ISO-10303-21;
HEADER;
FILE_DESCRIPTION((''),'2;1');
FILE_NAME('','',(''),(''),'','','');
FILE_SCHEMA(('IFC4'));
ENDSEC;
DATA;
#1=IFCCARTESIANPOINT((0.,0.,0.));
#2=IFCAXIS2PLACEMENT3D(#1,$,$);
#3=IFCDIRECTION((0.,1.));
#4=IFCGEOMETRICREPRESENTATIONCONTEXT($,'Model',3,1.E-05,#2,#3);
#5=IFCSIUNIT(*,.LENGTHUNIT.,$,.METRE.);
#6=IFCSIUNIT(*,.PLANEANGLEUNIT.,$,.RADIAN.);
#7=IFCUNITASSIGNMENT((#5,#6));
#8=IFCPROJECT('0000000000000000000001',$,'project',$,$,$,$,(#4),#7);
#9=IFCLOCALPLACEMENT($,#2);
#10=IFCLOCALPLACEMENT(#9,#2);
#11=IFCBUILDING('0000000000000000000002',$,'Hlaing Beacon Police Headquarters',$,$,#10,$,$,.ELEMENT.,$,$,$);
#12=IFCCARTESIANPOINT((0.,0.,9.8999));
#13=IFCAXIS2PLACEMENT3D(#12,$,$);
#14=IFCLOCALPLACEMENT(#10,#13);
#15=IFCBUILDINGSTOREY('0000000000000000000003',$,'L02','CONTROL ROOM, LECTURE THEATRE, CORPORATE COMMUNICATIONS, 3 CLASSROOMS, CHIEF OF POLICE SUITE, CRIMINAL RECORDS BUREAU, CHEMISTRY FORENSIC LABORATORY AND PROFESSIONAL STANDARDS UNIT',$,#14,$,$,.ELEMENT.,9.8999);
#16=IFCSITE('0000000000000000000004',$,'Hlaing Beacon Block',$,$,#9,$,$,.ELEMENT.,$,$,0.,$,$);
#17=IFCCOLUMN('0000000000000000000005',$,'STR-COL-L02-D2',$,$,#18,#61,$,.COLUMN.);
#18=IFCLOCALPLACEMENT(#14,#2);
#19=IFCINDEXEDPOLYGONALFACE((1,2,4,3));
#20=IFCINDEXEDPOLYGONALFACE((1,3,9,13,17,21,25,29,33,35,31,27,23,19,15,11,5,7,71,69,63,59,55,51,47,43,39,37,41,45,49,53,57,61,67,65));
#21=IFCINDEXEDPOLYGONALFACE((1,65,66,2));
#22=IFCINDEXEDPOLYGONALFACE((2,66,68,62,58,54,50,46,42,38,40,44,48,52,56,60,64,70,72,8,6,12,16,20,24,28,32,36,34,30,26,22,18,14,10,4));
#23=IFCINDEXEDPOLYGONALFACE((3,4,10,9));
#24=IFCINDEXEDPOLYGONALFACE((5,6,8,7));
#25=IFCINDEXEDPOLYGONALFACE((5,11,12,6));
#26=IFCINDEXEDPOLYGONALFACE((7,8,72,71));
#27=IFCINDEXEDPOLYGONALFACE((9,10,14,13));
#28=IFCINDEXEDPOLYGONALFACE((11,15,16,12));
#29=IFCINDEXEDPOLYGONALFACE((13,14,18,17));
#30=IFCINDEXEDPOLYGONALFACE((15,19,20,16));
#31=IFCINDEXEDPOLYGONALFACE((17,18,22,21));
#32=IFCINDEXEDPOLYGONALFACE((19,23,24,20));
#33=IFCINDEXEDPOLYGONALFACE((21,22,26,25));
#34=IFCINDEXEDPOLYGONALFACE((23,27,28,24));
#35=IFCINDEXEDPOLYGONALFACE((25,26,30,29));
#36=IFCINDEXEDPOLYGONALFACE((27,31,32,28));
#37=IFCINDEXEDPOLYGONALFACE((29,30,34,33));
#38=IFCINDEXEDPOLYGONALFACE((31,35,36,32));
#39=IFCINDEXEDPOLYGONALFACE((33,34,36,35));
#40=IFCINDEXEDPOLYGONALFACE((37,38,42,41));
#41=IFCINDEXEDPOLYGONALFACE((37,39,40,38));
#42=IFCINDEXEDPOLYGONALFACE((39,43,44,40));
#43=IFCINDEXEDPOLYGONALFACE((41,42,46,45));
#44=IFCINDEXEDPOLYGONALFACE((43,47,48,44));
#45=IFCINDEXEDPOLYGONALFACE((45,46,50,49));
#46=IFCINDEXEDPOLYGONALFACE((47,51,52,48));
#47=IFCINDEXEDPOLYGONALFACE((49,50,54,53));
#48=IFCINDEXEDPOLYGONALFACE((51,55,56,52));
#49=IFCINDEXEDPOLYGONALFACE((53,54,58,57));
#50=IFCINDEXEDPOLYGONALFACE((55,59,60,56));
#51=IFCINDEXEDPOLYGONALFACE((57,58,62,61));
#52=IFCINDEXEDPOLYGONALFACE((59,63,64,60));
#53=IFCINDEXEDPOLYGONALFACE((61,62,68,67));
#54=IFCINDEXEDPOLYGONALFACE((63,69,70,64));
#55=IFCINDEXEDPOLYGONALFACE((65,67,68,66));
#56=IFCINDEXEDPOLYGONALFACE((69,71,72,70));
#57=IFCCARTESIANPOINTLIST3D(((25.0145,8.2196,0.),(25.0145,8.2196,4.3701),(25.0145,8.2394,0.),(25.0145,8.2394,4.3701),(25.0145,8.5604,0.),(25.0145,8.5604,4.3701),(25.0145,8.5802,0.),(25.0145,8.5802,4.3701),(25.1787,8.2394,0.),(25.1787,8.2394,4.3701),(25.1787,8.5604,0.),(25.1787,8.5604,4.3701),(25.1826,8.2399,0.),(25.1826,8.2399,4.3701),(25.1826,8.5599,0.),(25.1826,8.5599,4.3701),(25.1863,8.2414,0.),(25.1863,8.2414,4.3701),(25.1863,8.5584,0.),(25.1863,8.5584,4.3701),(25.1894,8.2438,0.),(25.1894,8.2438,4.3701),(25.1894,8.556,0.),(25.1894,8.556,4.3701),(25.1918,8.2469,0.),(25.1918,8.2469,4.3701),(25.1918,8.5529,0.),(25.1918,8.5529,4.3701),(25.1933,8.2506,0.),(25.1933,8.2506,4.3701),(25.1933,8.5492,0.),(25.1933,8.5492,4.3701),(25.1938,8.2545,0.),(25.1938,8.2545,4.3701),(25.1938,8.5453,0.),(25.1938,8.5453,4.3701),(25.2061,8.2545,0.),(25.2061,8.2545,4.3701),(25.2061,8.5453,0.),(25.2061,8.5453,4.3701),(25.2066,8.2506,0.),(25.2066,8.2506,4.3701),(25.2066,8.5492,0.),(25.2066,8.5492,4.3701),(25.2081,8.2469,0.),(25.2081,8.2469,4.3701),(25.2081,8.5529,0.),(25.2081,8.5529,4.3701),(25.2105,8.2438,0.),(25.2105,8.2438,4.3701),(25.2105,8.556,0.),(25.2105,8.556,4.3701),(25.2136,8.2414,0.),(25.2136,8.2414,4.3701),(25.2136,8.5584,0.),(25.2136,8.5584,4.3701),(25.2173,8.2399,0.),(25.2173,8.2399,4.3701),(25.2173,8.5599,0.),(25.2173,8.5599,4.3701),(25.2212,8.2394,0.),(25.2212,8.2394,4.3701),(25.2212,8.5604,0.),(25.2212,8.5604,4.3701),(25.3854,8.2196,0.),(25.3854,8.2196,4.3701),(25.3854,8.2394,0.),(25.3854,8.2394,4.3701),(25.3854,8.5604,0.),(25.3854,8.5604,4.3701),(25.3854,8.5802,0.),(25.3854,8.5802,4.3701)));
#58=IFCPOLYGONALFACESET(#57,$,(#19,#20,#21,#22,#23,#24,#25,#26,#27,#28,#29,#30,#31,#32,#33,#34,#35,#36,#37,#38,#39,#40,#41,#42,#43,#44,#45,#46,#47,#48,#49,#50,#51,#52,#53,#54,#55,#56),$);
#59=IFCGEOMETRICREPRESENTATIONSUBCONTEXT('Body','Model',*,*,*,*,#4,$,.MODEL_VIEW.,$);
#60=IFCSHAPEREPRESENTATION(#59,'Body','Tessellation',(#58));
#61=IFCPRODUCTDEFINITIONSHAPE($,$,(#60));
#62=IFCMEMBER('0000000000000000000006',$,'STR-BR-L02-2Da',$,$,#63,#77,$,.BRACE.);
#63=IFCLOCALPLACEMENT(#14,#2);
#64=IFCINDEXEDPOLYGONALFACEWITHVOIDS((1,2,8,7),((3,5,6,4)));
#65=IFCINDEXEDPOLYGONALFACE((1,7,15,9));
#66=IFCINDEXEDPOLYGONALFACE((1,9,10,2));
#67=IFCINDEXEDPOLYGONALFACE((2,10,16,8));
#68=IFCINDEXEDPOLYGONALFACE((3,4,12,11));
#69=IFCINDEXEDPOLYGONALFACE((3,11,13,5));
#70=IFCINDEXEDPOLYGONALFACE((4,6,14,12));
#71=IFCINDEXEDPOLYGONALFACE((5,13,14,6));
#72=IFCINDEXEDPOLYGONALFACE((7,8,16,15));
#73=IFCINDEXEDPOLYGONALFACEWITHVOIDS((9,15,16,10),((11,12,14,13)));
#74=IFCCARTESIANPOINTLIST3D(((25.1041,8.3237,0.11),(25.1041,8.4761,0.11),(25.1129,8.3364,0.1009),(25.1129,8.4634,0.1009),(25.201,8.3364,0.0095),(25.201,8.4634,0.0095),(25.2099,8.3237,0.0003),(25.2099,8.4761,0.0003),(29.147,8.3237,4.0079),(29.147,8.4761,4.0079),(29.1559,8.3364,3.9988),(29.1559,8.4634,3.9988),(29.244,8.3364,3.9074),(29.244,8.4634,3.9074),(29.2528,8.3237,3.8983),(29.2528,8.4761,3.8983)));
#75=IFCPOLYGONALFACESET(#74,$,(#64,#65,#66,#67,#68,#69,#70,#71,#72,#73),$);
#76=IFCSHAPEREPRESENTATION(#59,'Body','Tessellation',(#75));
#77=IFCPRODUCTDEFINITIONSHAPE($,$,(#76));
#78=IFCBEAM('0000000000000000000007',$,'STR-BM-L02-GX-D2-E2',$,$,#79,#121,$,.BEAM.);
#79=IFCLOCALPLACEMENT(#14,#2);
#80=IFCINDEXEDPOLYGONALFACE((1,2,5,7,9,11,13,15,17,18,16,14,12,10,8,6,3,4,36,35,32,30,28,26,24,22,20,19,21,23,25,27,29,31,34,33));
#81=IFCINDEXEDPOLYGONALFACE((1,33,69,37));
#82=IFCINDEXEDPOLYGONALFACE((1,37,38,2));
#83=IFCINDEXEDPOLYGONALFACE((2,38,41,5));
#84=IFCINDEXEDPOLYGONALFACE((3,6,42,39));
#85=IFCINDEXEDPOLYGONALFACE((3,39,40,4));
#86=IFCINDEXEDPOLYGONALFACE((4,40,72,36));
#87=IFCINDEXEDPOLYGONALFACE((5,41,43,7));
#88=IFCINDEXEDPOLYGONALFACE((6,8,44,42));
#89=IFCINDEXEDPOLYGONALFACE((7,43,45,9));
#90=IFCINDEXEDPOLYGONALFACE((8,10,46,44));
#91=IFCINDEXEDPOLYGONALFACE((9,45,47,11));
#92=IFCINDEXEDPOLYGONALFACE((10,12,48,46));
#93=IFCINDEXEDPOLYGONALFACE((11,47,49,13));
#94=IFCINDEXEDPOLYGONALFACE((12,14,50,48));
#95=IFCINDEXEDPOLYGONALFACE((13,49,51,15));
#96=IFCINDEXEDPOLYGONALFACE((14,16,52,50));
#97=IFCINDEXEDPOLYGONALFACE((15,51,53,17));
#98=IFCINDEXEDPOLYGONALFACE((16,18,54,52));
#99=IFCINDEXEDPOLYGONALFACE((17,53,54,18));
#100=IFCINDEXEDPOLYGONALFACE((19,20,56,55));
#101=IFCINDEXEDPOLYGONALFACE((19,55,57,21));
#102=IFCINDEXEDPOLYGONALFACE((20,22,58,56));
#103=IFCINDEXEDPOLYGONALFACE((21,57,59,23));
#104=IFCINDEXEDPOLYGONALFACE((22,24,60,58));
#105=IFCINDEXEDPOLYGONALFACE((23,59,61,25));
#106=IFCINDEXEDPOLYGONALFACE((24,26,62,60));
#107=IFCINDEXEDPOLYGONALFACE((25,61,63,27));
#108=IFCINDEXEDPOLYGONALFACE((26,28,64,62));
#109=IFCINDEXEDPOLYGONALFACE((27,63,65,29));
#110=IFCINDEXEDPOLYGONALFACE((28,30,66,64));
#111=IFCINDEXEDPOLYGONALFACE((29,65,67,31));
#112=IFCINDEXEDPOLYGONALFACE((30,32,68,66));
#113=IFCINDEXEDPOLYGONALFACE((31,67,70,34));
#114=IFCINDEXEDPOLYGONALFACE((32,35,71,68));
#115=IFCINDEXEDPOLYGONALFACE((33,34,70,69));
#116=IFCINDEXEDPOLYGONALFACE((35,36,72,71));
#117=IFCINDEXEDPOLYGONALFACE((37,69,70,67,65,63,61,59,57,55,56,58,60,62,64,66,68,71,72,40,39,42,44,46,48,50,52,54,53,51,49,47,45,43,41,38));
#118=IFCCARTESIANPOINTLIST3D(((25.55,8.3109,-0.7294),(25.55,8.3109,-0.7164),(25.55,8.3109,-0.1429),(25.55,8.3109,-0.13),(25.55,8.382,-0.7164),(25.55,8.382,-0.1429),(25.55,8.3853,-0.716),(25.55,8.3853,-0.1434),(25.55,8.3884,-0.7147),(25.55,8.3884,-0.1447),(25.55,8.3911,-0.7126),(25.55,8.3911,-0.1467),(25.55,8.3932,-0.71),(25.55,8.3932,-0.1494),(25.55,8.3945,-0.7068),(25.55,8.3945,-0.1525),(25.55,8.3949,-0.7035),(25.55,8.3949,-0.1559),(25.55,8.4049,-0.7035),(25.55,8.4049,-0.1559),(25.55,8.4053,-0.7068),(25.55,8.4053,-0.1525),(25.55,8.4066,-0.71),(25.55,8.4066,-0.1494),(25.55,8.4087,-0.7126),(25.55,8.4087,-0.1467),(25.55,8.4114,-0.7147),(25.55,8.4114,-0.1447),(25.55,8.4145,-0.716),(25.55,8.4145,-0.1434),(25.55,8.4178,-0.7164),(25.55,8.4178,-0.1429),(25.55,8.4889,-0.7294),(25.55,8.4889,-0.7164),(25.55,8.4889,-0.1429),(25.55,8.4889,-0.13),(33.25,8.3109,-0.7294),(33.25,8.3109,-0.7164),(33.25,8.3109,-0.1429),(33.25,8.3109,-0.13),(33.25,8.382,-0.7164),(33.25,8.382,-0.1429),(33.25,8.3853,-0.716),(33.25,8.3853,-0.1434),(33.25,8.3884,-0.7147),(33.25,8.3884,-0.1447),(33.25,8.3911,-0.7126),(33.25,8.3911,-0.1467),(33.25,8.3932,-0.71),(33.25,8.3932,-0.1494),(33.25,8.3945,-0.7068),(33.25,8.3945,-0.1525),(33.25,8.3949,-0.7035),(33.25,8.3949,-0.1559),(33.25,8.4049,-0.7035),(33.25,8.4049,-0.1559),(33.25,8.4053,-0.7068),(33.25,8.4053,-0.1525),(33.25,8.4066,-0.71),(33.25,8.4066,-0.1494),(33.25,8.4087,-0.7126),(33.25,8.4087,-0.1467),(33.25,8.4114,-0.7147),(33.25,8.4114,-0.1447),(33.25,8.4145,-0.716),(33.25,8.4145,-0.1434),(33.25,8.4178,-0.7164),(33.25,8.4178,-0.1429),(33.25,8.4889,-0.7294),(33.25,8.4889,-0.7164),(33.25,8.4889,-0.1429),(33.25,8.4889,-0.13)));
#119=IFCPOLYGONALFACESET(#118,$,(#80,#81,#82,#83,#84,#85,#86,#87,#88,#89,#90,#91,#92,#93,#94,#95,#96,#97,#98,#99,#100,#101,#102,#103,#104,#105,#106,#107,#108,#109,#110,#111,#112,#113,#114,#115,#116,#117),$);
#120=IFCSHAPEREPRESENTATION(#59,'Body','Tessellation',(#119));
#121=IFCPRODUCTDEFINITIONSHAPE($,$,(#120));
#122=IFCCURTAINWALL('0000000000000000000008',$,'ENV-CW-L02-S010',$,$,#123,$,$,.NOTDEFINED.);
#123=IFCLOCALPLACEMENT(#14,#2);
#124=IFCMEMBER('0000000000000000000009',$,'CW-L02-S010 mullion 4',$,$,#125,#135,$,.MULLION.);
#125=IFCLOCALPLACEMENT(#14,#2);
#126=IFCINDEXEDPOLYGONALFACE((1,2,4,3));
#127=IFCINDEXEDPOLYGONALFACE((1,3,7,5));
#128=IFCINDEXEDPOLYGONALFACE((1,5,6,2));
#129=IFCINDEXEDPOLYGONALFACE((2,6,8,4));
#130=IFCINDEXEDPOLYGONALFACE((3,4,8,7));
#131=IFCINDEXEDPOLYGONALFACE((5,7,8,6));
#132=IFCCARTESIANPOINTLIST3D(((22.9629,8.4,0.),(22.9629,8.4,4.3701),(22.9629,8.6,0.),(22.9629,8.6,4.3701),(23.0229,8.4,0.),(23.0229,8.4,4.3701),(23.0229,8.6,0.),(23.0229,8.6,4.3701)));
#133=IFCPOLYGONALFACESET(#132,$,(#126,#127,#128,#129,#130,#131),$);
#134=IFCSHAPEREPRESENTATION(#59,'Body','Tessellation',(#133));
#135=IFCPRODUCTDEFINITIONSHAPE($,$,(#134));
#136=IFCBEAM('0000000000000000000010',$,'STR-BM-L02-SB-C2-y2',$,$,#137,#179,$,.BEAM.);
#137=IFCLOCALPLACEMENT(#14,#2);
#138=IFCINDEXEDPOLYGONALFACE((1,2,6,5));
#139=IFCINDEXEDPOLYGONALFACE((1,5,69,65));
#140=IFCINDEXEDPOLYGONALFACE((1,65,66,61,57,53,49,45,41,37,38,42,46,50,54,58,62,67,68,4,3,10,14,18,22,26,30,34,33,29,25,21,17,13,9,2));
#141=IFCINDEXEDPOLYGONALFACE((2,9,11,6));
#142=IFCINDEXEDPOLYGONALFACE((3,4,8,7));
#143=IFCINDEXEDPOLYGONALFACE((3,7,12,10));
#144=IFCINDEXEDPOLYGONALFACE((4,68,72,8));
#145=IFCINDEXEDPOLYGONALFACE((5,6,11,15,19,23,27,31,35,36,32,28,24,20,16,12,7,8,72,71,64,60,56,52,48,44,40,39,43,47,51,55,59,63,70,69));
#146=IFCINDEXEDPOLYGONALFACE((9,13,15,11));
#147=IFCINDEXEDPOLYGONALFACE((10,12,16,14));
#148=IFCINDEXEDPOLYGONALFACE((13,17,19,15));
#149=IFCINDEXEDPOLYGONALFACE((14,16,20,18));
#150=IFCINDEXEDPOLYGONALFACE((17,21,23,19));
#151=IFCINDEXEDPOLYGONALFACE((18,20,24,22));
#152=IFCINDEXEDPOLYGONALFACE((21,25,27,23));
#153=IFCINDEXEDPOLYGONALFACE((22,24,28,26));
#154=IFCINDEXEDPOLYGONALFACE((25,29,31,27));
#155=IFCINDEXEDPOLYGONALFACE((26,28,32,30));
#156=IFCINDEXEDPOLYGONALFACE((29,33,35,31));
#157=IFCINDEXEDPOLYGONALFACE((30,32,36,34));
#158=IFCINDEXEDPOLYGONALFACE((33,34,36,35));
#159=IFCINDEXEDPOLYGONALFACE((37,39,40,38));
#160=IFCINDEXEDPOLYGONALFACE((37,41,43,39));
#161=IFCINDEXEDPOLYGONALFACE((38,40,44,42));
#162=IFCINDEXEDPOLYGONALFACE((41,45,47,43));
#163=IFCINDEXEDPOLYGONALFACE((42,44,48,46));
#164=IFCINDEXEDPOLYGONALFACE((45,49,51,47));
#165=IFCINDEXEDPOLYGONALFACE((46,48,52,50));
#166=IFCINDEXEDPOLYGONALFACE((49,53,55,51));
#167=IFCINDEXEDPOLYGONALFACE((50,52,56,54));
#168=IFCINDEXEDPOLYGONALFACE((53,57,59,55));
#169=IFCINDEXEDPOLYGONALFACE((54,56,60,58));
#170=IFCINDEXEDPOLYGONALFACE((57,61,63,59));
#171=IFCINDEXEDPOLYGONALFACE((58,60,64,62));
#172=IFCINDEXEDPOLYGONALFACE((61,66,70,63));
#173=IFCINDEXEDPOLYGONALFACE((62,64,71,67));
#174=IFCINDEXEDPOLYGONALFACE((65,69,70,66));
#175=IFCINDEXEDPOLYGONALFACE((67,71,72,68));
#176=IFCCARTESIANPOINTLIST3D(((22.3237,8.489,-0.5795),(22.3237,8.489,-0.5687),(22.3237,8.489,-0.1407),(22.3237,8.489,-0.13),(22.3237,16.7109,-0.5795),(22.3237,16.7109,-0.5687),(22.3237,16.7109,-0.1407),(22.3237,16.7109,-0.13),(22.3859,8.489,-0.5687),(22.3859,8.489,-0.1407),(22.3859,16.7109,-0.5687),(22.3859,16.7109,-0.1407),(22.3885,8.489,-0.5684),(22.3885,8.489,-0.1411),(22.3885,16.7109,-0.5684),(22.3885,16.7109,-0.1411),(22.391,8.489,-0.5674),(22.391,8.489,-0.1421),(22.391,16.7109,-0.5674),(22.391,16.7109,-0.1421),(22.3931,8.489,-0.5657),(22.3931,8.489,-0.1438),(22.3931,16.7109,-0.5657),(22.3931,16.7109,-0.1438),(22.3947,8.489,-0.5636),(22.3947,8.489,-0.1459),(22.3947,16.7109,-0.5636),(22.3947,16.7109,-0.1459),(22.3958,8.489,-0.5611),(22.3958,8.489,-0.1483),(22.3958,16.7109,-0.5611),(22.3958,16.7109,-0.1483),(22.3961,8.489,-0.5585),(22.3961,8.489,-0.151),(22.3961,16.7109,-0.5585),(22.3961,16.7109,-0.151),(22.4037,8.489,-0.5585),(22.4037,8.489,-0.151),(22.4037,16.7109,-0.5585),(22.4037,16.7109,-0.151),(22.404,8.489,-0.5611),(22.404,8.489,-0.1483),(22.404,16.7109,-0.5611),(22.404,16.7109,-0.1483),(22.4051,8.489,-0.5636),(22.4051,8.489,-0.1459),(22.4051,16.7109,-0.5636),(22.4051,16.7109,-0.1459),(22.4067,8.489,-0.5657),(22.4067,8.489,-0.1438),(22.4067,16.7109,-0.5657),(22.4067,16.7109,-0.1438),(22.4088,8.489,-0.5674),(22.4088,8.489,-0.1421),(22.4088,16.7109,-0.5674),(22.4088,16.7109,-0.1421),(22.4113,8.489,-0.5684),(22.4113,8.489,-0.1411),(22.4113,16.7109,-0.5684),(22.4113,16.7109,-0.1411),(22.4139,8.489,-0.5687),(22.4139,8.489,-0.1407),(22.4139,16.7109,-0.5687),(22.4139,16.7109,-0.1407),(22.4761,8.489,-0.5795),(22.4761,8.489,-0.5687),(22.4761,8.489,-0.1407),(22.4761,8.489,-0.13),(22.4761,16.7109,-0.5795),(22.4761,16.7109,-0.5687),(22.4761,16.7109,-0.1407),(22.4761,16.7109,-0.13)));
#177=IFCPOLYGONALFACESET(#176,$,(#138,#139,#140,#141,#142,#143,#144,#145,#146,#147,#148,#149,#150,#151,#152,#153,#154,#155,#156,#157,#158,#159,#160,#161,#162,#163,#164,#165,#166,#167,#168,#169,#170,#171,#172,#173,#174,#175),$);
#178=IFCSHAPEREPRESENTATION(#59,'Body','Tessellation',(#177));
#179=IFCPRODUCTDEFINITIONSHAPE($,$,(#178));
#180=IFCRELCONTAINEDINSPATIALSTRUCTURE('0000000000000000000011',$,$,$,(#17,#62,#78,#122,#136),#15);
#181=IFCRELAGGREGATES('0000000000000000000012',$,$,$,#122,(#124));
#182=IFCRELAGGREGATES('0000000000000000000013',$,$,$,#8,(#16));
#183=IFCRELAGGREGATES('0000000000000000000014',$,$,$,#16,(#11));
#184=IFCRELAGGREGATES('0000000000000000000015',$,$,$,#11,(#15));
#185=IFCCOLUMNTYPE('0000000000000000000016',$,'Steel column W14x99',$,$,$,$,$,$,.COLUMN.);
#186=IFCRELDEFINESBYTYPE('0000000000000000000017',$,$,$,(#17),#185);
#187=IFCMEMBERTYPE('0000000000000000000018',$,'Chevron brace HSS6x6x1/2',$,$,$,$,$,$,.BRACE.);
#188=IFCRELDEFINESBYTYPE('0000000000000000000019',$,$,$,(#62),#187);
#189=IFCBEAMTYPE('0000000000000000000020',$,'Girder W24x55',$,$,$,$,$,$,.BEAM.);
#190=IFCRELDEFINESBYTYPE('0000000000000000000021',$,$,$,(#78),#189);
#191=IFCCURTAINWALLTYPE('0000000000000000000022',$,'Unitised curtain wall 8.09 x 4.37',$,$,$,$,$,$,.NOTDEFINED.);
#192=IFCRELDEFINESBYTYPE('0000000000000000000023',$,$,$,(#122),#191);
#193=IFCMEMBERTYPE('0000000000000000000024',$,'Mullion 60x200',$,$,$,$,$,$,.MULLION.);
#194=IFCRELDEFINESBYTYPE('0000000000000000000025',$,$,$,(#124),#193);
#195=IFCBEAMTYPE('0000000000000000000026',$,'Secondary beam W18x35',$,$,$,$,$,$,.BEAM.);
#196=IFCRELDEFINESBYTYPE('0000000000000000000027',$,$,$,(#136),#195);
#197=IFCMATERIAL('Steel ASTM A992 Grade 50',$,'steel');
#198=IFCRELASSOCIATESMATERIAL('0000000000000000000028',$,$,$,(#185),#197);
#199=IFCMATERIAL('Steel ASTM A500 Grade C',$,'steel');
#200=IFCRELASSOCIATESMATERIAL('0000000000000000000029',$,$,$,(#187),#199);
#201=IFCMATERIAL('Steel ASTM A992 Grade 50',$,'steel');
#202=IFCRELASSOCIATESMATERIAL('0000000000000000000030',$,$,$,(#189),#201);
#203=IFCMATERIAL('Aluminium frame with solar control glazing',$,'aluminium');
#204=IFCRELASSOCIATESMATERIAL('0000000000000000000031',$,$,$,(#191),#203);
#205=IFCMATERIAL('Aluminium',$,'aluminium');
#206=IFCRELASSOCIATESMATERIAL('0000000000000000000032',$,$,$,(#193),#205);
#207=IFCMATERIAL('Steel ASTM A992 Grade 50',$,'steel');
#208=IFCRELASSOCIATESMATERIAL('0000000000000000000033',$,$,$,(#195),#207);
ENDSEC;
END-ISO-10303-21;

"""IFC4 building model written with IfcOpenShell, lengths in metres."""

from ifc_helpers import new_model, si_unit, direction, frame, origin, origin_2d, place, context, subcontext, project, spatial, rectangle, hollow_rectangle, i_section, extrude, material, material_profile, profile_set, type_object, element, aggregate, save


model = new_model("IFC4")

# Units and contexts
model_context = context("Model", 3, precision=1e-05, world=origin(), true_north=direction((0.0, 1.0)))
body_context = subcontext(model_context, "Body", "Model", "MODEL_VIEW")
ifc_project = project(units=[si_unit("LENGTHUNIT", "METRE"), si_unit("PLANEANGLEUNIT", "RADIAN")], contexts=[model_context])

# Site, building, storey
site_placement = place(None, origin())
site = spatial("IfcSite", under=ifc_project, at=site_placement, Name="Hlaing Beacon Block", CompositionType="ELEMENT", RefElevation=0.0)
building_placement = place(site_placement, origin())
building = spatial("IfcBuilding", under=site, at=building_placement, Name="Hlaing Beacon Police Headquarters", CompositionType="ELEMENT")
storey_placement = place(building_placement, frame((0.0, 0.0, 9.8999)))
storey = spatial("IfcBuildingStorey", under=building, at=storey_placement, Name="L02", Description="CONTROL ROOM, LECTURE THEATRE, CORPORATE COMMUNICATIONS, 3 CLASSROOMS, CHIEF OF POLICE SUITE, CRIMINAL RECORDS BUREAU, CHEMISTRY FORENSIC LABORATORY AND PROFESSIONAL STANDARDS UNIT", CompositionType="ELEMENT", Elevation=9.8999)

# Column
ifc_material_1 = material(Name="Steel ASTM A992 Grade 50", Category="steel")
ifc_material_profile_1 = material_profile(ifc_material_1, i_section(OverallWidth=0.3708, OverallDepth=0.3606, WebThickness=0.0122, FlangeThickness=0.0198, FilletRadius=0.0151, at=origin_2d()), Name="W14x99")
ifc_profile_set_1 = profile_set([ifc_material_profile_1], Name="Steel ASTM A992 Grade 50")
column_type = type_object("IfcColumnType", Name="Steel column W14x99", PredefinedType="COLUMN", material=ifc_profile_set_1)
column_placement = place(storey_placement, frame((25.2, 8.3999, 0.0), z_axis=(0.0, 0.0, 1.0), x_axis=(1.0, 0.0, 0.0)))
element("IfcColumn", 1, at=column_placement, inside=storey, type_object=column_type, Name="STR-COL-L02-D2", PredefinedType="COLUMN", context=body_context, shape_type="SweptSolid", body=[
    extrude(i_section(OverallWidth=0.3708, OverallDepth=0.3606, WebThickness=0.0122, FlangeThickness=0.0198, FilletRadius=0.0151, at=origin_2d()), origin(), (0.0, 0.0, 1.0), 4.3701),
])

# Member
ifc_material_2 = material(Name="Steel ASTM A500 Grade C", Category="steel")
ifc_material_profile_2 = material_profile(ifc_material_2, hollow_rectangle(XDim=0.1523, YDim=0.1523, WallThickness=0.0127, at=origin_2d()), Name="HSS6x6x1/2")
ifc_profile_set_2 = profile_set([ifc_material_profile_2], Name="Steel ASTM A500 Grade C")
member_type_1 = type_object("IfcMemberType", Name="Chevron brace HSS6x6x1/2", PredefinedType="BRACE", material=ifc_profile_set_2)
member_1_placement = place(storey_placement, frame((25.157, 8.3999, 0.0552), z_axis=(0.7199, 0.0, 0.694078), x_axis=(0.0, 1.0, 0.0)))
element("IfcMember", 2, at=member_1_placement, inside=storey, type_object=member_type_1, Name="STR-BR-L02-2Da", PredefinedType="BRACE", context=body_context, shape_type="SweptSolid", body=[
    extrude(hollow_rectangle(XDim=0.1523, YDim=0.1523, WallThickness=0.0127, at=origin_2d()), origin(), (0.0, 0.0, 1.0), 5.616),
])

# Beam
ifc_material_3 = material(Name="Steel ASTM A992 Grade 50", Category="steel")
ifc_material_profile_3 = material_profile(ifc_material_3, i_section(OverallWidth=0.178, OverallDepth=0.5994, WebThickness=0.01, FlangeThickness=0.0129, FilletRadius=0.0129, at=origin_2d()), Name="W24x55")
ifc_profile_set_3 = profile_set([ifc_material_profile_3], Name="Steel ASTM A992 Grade 50")
beam_type_1 = type_object("IfcBeamType", Name="Girder W24x55", PredefinedType="BEAM", material=ifc_profile_set_3)
beam_1_placement = place(storey_placement, frame((25.55, 8.3999, -0.4297), z_axis=(1.0, 0.0, 0.0), x_axis=(0.0, 1.0, 0.0)))
element("IfcBeam", 3, at=beam_1_placement, inside=storey, type_object=beam_type_1, Name="STR-BM-L02-GX-D2-E2", PredefinedType="BEAM", context=body_context, shape_type="SweptSolid", body=[
    extrude(i_section(OverallWidth=0.178, OverallDepth=0.5994, WebThickness=0.01, FlangeThickness=0.0129, FilletRadius=0.0129, at=origin_2d()), origin(), (0.0, 0.0, 1.0), 7.7),
])

# Curtain wall, member
ifc_material_4 = material(Name="Aluminium frame with solar control glazing", Category="aluminium")
curtain_wall_type = type_object("IfcCurtainWallType", Name="Unitised curtain wall 8.09 x 4.37", PredefinedType="NOTDEFINED", material=ifc_material_4)
curtain_wall_placement = place(storey_placement, origin())
curtain_wall = element("IfcCurtainWall", 4, at=curtain_wall_placement, inside=storey, type_object=curtain_wall_type, Name="ENV-CW-L02-S010", PredefinedType="NOTDEFINED")
ifc_material_5 = material(Name="Aluminium", Category="aluminium")
ifc_material_profile_4 = material_profile(ifc_material_5, rectangle(XDim=0.2, YDim=0.0601, at=origin_2d()), Name="Mullion 60x200")
ifc_profile_set_4 = profile_set([ifc_material_profile_4], Name="Aluminium")
member_type_2 = type_object("IfcMemberType", Name="Mullion 60x200", PredefinedType="MULLION", material=ifc_profile_set_4)
member_2_placement = place(storey_placement, frame((22.9929, 8.5, 0.0), z_axis=(0.0, 0.0, 1.0), x_axis=(0.0, 1.0, 0.0)))
member_2 = element("IfcMember", 5, at=member_2_placement, type_object=member_type_2, Name="CW-L02-S010 mullion 4", PredefinedType="MULLION", context=body_context, shape_type="SweptSolid", body=[
    extrude(rectangle(XDim=0.2, YDim=0.0601, at=origin_2d()), origin(), (0.0, 0.0, 1.0), 4.3701),
])

# Beam
ifc_material_6 = material(Name="Steel ASTM A992 Grade 50", Category="steel")
ifc_material_profile_5 = material_profile(ifc_material_6, i_section(OverallWidth=0.1523, OverallDepth=0.4495, WebThickness=0.0076, FlangeThickness=0.0107, FilletRadius=0.0103, at=origin_2d()), Name="W18x35")
ifc_profile_set_5 = profile_set([ifc_material_profile_5], Name="Steel ASTM A992 Grade 50")
beam_type_2 = type_object("IfcBeamType", Name="Secondary beam W18x35", PredefinedType="BEAM", material=ifc_profile_set_5)
beam_2_placement = place(storey_placement, frame((22.3999, 8.489, -0.3547), z_axis=(0.0, 1.0, 0.0), x_axis=(-1.0, 0.0, 0.0)))
element("IfcBeam", 6, at=beam_2_placement, inside=storey, type_object=beam_type_2, Name="STR-BM-L02-SB-C2-y2", PredefinedType="BEAM", context=body_context, shape_type="SweptSolid", body=[
    extrude(i_section(OverallWidth=0.1523, OverallDepth=0.4495, WebThickness=0.0076, FlangeThickness=0.0107, FilletRadius=0.0103, at=origin_2d()), origin(), (0.0, 0.0, 1.0), 8.2219),
])

aggregate(curtain_wall, [member_2])

save(model, "model.ifc")
